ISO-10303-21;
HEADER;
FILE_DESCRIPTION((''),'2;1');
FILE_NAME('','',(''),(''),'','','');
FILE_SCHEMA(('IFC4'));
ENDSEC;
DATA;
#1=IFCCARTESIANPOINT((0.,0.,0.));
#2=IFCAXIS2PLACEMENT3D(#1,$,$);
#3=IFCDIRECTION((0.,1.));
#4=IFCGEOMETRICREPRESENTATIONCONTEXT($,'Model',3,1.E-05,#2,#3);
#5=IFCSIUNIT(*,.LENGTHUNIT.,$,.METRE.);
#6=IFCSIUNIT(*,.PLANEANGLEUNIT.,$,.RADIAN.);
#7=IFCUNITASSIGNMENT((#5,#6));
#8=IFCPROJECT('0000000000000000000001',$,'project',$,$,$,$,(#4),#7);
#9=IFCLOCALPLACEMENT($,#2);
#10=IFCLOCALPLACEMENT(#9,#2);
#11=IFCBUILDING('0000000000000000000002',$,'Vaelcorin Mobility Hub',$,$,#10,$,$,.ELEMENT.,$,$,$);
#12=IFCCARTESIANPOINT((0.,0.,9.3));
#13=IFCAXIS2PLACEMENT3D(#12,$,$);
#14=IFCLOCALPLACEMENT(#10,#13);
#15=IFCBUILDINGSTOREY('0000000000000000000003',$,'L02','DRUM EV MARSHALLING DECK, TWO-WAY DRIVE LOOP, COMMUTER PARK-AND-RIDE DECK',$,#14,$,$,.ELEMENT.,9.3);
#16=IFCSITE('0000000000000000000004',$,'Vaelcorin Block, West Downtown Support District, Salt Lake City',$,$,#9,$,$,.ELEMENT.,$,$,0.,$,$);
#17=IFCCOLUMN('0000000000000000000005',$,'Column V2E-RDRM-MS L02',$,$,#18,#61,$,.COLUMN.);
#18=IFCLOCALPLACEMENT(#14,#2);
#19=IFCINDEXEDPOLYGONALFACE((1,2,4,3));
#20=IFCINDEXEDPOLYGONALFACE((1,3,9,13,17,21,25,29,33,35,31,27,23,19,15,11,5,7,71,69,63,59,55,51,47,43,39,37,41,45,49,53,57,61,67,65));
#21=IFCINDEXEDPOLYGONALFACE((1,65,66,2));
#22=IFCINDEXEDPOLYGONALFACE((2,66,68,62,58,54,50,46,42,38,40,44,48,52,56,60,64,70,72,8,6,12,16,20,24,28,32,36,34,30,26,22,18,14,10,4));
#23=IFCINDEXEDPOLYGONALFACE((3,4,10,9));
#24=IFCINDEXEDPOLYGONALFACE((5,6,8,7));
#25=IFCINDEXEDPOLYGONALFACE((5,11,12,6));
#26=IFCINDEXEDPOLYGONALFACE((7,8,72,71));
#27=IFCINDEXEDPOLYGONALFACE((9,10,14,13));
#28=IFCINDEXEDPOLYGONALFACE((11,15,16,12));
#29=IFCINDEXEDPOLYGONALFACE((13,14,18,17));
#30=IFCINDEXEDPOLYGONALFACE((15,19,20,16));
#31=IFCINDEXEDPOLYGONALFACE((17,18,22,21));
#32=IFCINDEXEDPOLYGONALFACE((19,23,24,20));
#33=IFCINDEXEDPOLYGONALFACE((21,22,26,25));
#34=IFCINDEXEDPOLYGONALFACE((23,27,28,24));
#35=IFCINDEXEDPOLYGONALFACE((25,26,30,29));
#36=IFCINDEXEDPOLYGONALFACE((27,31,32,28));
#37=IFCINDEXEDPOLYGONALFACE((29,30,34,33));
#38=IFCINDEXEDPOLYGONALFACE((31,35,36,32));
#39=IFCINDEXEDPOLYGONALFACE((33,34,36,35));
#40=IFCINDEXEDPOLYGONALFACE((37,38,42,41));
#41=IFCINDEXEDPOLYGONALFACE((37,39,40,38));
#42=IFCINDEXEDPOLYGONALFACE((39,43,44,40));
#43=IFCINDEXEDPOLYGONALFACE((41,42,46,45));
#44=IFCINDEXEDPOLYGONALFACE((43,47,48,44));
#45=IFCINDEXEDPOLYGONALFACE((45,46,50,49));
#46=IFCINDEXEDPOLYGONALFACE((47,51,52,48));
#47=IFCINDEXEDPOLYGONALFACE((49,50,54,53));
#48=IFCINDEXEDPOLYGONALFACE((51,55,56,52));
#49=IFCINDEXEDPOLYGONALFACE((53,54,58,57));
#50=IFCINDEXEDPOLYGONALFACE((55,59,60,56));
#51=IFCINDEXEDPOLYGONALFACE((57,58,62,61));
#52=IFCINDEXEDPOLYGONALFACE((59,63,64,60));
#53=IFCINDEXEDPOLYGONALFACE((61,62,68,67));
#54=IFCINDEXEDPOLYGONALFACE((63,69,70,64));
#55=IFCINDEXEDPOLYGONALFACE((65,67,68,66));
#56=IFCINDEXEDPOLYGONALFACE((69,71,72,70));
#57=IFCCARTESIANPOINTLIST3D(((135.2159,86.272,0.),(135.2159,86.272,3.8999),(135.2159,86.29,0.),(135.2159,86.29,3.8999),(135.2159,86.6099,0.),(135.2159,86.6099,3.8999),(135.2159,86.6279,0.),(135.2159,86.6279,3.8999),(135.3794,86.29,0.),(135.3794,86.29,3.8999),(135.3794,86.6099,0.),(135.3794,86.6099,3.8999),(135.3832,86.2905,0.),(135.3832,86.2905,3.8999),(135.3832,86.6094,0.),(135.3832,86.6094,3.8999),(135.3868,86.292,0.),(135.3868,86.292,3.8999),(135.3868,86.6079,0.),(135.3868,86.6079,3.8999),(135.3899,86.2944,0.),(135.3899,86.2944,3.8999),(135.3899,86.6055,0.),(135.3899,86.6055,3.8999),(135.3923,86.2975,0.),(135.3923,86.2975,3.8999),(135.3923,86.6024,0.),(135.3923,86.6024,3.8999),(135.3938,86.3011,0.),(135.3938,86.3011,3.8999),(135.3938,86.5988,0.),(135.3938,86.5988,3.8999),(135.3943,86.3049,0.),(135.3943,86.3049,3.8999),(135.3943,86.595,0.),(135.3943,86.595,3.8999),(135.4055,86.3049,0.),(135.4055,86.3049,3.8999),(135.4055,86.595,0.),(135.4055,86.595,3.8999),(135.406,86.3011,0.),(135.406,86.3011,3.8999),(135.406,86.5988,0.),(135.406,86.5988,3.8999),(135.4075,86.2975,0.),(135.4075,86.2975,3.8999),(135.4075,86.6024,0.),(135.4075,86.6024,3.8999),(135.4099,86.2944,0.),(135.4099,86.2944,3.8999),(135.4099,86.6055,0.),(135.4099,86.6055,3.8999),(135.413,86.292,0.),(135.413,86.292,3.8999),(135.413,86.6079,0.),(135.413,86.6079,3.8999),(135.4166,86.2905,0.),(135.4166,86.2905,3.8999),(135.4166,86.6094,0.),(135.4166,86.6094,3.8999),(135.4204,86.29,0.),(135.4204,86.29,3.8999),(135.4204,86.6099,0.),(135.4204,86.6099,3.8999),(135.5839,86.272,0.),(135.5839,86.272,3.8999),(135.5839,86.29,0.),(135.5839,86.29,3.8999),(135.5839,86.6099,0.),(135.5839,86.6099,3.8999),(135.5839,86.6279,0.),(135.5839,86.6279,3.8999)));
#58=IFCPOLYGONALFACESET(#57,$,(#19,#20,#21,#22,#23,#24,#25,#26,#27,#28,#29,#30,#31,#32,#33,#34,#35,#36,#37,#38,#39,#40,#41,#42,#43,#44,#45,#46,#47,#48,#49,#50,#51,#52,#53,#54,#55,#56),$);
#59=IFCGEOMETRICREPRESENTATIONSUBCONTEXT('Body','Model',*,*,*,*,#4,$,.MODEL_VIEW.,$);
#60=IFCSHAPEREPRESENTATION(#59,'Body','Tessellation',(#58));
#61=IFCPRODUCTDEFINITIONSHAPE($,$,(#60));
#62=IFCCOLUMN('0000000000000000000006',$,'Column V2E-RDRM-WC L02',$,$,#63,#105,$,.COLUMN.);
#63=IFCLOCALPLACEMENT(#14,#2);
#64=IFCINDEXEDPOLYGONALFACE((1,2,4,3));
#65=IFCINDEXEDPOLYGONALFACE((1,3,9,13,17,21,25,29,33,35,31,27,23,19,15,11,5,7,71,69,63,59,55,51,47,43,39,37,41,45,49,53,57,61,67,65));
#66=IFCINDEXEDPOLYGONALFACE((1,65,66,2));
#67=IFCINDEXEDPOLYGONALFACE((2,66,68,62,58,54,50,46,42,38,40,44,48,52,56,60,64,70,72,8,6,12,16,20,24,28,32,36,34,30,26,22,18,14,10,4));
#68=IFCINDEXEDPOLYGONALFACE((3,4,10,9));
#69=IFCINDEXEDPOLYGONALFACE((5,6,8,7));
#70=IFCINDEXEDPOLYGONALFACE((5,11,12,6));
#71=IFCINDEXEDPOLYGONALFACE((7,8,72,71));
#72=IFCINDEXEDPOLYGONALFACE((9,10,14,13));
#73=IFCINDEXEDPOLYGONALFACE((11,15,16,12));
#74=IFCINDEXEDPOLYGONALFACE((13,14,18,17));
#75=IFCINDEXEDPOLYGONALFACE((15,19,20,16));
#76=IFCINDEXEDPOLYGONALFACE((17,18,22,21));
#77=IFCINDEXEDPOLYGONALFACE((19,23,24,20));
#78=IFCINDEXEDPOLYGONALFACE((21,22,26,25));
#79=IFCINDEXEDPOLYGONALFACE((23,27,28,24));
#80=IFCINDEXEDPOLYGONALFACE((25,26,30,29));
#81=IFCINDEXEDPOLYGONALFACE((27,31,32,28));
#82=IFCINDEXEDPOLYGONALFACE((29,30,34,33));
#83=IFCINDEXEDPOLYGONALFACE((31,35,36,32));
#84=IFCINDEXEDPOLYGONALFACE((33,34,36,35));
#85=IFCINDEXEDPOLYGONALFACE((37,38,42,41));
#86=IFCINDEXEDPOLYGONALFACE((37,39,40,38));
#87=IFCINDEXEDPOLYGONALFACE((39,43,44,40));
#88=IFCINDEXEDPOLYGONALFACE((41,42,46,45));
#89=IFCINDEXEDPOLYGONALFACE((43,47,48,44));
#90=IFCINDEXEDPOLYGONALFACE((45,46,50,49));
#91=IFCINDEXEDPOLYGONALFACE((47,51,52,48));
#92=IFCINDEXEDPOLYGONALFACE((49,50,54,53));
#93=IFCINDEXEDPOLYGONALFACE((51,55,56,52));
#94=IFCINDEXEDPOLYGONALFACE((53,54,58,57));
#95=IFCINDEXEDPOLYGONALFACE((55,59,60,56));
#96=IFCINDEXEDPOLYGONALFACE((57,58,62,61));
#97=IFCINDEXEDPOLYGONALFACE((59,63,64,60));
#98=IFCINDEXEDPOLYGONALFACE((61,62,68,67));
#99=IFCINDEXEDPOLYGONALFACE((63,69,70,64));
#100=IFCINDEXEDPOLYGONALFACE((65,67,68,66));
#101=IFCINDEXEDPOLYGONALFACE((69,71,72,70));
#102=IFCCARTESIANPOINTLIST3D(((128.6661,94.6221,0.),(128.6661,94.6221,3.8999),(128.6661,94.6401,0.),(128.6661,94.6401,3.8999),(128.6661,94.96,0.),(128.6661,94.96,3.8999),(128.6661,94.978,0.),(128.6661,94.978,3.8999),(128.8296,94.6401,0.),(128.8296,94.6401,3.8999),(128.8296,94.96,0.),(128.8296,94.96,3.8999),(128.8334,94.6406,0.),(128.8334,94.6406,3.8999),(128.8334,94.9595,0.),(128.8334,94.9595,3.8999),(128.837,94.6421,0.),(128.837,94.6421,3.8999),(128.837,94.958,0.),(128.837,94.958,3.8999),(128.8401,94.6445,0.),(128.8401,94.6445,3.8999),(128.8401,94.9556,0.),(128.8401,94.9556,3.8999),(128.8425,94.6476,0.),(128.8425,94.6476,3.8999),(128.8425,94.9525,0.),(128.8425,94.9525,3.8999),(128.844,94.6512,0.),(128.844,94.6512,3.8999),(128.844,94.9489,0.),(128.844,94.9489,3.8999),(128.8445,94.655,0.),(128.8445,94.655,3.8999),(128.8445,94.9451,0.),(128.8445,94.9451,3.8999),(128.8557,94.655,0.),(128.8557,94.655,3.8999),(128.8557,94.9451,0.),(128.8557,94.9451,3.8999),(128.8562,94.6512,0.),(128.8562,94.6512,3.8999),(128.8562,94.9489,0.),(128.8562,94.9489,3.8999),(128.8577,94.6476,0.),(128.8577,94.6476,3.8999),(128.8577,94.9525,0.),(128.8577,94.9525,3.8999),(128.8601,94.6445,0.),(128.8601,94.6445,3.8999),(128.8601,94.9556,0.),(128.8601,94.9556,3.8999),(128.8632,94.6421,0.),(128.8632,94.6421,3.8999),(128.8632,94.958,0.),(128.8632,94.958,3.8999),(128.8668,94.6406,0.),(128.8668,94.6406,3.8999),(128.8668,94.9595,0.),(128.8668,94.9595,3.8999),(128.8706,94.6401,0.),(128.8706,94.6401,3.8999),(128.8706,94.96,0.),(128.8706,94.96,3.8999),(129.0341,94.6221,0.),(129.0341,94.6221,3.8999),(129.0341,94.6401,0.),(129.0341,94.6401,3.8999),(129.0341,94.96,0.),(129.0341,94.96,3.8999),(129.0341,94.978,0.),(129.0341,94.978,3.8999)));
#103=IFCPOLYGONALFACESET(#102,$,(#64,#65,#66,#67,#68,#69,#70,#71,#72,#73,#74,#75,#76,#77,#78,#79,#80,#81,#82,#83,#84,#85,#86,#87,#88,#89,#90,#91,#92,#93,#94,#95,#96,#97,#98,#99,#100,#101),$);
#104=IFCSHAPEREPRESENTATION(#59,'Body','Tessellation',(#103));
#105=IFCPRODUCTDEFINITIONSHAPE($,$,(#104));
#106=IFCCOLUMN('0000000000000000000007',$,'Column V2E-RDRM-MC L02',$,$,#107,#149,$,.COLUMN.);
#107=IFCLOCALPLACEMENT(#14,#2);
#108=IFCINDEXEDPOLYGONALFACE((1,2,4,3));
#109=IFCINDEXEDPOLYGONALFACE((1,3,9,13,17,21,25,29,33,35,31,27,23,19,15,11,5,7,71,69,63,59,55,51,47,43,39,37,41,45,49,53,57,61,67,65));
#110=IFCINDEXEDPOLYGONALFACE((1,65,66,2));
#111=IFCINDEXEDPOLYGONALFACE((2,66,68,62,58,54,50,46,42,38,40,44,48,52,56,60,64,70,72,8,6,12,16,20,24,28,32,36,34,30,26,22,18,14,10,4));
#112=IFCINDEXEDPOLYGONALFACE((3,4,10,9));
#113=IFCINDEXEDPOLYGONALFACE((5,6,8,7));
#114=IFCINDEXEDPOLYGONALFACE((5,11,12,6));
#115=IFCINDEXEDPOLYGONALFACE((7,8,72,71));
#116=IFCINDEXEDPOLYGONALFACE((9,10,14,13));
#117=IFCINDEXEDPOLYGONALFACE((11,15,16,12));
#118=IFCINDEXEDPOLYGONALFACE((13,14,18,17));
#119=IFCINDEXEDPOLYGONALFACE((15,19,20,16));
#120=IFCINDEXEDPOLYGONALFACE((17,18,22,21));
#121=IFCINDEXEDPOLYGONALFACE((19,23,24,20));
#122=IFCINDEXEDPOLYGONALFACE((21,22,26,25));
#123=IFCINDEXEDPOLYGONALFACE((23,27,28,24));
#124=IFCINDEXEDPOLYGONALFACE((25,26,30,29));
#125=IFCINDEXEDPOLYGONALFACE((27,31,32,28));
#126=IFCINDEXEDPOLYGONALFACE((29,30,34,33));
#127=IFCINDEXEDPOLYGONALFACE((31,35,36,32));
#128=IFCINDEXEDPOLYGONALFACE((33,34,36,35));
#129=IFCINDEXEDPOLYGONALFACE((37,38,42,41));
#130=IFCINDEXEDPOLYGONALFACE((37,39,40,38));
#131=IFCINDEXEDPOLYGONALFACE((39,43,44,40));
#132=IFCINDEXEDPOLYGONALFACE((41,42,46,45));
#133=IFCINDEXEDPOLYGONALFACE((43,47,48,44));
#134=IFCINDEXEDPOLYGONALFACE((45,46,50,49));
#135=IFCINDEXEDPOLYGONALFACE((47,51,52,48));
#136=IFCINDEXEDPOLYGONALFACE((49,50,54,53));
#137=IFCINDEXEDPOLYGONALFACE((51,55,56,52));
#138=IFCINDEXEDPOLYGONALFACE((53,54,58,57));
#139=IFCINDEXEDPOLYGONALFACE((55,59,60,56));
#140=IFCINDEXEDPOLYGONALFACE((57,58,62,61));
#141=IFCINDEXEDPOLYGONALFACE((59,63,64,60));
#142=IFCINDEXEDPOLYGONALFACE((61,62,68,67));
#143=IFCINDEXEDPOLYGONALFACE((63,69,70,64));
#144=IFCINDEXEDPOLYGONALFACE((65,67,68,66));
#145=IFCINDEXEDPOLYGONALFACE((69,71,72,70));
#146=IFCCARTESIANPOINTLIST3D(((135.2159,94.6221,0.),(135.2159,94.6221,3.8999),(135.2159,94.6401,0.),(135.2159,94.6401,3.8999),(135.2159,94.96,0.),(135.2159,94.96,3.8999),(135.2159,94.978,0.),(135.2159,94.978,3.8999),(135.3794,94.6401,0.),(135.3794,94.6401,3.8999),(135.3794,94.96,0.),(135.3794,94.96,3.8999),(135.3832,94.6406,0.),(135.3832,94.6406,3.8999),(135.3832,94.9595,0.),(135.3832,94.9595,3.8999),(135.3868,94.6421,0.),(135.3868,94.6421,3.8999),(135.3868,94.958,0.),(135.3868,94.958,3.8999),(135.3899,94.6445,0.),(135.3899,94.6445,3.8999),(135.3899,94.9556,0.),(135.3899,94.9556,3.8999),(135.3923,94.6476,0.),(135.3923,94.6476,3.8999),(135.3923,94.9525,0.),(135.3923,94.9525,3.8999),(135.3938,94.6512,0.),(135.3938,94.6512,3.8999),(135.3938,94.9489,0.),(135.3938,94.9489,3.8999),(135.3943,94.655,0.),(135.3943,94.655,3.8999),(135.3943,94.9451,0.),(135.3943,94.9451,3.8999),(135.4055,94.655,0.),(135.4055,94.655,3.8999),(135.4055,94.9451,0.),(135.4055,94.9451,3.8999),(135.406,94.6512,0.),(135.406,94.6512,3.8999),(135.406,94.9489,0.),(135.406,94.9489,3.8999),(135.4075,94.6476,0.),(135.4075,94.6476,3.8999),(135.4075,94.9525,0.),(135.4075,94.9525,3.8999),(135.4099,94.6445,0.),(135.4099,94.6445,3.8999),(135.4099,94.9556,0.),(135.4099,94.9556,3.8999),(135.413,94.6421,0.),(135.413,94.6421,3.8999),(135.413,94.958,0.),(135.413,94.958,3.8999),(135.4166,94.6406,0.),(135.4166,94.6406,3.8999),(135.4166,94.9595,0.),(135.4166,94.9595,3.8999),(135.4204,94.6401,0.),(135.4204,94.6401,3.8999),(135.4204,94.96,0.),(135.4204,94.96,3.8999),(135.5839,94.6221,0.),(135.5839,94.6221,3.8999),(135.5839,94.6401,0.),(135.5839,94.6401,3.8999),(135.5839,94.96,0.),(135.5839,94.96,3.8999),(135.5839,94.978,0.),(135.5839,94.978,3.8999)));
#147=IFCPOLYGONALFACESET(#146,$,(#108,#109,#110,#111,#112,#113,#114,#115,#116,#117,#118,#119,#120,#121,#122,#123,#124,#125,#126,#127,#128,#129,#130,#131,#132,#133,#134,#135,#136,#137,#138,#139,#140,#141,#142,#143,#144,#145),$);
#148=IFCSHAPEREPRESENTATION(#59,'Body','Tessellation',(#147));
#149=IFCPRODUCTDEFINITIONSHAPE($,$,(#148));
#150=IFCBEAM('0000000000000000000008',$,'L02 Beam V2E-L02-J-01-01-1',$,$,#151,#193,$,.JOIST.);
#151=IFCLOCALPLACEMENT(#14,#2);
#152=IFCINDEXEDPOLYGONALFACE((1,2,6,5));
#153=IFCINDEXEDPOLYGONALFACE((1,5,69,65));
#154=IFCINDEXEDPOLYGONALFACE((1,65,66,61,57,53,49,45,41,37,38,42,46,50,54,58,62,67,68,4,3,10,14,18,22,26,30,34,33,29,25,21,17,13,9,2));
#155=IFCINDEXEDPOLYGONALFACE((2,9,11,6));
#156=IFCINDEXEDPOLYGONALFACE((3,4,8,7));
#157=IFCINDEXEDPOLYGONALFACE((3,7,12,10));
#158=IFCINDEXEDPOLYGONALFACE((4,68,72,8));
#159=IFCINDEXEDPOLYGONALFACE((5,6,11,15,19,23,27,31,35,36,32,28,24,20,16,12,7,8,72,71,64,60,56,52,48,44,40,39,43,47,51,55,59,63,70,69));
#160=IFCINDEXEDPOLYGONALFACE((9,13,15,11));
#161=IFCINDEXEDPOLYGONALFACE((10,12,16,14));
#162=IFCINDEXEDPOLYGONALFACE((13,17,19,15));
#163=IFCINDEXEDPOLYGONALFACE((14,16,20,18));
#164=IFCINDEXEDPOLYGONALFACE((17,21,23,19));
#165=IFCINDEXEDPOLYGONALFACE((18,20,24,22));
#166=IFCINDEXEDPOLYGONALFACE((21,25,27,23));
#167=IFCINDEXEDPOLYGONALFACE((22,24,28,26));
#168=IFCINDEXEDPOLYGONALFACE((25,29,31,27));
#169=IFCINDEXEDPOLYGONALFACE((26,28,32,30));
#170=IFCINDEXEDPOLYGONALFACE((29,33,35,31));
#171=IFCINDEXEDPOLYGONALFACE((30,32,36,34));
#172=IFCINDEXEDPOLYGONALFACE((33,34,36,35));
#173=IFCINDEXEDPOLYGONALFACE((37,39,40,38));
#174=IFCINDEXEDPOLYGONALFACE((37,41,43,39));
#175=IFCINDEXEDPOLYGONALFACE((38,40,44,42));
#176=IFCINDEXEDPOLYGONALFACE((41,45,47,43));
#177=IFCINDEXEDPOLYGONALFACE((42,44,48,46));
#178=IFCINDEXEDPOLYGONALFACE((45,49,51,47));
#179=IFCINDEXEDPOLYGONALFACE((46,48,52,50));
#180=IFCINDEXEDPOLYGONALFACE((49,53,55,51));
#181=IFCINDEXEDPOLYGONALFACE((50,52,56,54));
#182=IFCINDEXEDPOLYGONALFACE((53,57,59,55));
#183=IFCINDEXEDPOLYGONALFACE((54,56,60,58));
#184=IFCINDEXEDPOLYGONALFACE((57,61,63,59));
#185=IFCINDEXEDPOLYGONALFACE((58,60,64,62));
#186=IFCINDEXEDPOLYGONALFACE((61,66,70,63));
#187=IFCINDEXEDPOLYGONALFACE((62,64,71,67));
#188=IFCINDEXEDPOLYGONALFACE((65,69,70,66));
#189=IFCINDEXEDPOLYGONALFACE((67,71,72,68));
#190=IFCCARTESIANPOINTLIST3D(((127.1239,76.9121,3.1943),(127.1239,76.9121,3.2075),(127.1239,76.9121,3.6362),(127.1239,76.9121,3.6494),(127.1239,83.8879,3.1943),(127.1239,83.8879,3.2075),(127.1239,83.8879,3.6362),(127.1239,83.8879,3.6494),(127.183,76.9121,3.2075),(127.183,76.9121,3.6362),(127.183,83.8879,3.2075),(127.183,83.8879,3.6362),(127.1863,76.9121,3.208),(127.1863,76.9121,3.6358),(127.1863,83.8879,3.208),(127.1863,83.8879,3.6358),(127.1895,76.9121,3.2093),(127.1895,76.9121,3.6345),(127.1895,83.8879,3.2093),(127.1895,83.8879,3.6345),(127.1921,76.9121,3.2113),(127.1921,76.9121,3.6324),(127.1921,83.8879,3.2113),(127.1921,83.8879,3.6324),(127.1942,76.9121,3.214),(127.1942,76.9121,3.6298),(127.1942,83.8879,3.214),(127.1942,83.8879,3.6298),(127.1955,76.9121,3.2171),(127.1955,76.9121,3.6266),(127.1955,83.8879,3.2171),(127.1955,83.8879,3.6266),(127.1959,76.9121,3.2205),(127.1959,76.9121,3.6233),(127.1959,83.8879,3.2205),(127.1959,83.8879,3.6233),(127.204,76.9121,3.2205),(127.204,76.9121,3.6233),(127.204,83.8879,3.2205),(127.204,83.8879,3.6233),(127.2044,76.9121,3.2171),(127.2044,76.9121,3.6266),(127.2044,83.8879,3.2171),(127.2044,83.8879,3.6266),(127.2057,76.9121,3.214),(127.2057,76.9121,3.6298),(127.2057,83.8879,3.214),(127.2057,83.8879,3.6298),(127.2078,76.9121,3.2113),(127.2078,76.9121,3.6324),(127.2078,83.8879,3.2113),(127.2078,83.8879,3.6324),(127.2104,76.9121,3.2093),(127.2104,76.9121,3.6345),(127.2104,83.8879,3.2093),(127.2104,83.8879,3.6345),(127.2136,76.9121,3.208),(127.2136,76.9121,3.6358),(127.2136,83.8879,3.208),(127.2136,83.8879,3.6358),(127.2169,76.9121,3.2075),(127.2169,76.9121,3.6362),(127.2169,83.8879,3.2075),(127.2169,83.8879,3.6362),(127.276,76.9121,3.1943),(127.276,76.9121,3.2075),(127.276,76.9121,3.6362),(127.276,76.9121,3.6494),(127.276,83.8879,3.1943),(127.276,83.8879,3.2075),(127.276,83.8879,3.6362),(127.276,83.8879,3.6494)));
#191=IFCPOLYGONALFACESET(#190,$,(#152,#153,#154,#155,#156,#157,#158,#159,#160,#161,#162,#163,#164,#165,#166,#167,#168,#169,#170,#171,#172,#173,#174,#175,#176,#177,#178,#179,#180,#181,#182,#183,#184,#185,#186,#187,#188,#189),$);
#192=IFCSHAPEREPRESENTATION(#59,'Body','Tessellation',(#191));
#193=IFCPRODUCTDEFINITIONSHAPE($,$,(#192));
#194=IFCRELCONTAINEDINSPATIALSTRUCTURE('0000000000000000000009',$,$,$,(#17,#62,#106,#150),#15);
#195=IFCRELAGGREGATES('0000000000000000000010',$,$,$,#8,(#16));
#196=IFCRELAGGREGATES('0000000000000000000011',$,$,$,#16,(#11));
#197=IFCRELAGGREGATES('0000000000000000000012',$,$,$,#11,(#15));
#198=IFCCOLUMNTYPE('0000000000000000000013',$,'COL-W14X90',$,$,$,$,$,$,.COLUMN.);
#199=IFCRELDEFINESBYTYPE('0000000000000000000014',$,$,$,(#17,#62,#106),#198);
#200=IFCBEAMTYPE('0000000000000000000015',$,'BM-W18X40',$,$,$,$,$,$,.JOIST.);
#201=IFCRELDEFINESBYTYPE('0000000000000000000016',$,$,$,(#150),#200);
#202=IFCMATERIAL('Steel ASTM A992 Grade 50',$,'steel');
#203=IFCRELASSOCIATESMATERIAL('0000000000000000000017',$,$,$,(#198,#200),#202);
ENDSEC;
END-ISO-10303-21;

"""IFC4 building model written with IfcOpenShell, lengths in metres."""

from ifc_helpers import new_model, si_unit, direction, frame, origin, origin_2d, place, context, subcontext, project, spatial, i_section, extrude, material, material_profile, profile_set, type_object, element, save


model = new_model("IFC4")

# Units and contexts
model_context = context("Model", 3, precision=1e-05, world=origin(), true_north=direction((0.0, 1.0)))
body_context = subcontext(model_context, "Body", "Model", "MODEL_VIEW")
ifc_project = project(units=[si_unit("LENGTHUNIT", "METRE"), si_unit("PLANEANGLEUNIT", "RADIAN")], contexts=[model_context])

# Site, building, storey
site_placement = place(None, origin())
site = spatial("IfcSite", under=ifc_project, at=site_placement, Name="Vaelcorin Block, West Downtown Support District, Salt Lake City", CompositionType="ELEMENT", RefElevation=0.0)
building_placement = place(site_placement, origin())
building = spatial("IfcBuilding", under=site, at=building_placement, Name="Vaelcorin Mobility Hub", CompositionType="ELEMENT")
storey_placement = place(building_placement, frame((0.0, 0.0, 9.3)))
storey = spatial("IfcBuildingStorey", under=building, at=storey_placement, Name="L02", Description="DRUM EV MARSHALLING DECK, TWO-WAY DRIVE LOOP, COMMUTER PARK-AND-RIDE DECK", CompositionType="ELEMENT", Elevation=9.3)

# Columns
ifc_material_1 = material(Name="Steel ASTM A992 Grade 50", Category="steel")
ifc_material_profile_1 = material_profile(ifc_material_1, i_section(OverallWidth=0.3679, OverallDepth=0.356, WebThickness=0.0112, FlangeThickness=0.0181, FilletRadius=0.0149, at=origin_2d()), Name="W14X90")
ifc_profile_set_1 = profile_set([ifc_material_profile_1], Name="Steel ASTM A992 Grade 50")
column_type_1 = type_object("IfcColumnType", Name="COL-W14X90", PredefinedType="COLUMN", material=ifc_profile_set_1)
for number, where, z_axis, x_axis, name in (
    (1, (135.3999, 86.45, 0.0), (0.0, 0.0, 1.0), (1.0, 0.0, 0.0), "Column V2E-RDRM-MS L02"),
    (2, (128.8501, 94.8, 0.0), (0.0, 0.0, 1.0), (1.0, 0.0, 0.0), "Column V2E-RDRM-WC L02"),
    (3, (135.3999, 94.8, 0.0), (0.0, 0.0, 1.0), (1.0, 0.0, 0.0), "Column V2E-RDRM-MC L02"),
):
    element("IfcColumn", number, at=place(storey_placement, frame(where, z_axis=z_axis, x_axis=x_axis)), inside=storey, type_object=column_type_1, Name=name, PredefinedType="COLUMN", context=body_context, shape_type="SweptSolid", body=[
        extrude(i_section(OverallWidth=0.3679, OverallDepth=0.356, WebThickness=0.0112, FlangeThickness=0.0181, FilletRadius=0.0149, at=origin_2d()), origin(), (0.0, 0.0, 1.0), 3.8999),
    ])

# Beam
ifc_material_profile_2 = material_profile(ifc_material_1, i_section(OverallWidth=0.1521, OverallDepth=0.4551, WebThickness=0.0081, FlangeThickness=0.0132, FilletRadius=0.0129, at=origin_2d()), Name="W18X40")
ifc_profile_set_2 = profile_set([ifc_material_profile_2], Name="Steel ASTM A992 Grade 50")
beam_type_1 = type_object("IfcBeamType", Name="BM-W18X40", PredefinedType="JOIST", material=ifc_profile_set_2)
for number, where, z_axis, x_axis, name in (
    (4, (127.2, 76.9121, 3.4219), (0.0, 1.0, 0.0), (-1.0, 0.0, 0.0), "L02 Beam V2E-L02-J-01-01-1"),
):
    element("IfcBeam", number, at=place(storey_placement, frame(where, z_axis=z_axis, x_axis=x_axis)), inside=storey, type_object=beam_type_1, Name=name, PredefinedType="JOIST", context=body_context, shape_type="SweptSolid", body=[
        extrude(i_section(OverallWidth=0.1521, OverallDepth=0.4551, WebThickness=0.0081, FlangeThickness=0.0132, FilletRadius=0.0129, at=origin_2d()), origin(), (0.0, 0.0, 1.0), 6.9758),
    ])

save(model, "model.ifc")
